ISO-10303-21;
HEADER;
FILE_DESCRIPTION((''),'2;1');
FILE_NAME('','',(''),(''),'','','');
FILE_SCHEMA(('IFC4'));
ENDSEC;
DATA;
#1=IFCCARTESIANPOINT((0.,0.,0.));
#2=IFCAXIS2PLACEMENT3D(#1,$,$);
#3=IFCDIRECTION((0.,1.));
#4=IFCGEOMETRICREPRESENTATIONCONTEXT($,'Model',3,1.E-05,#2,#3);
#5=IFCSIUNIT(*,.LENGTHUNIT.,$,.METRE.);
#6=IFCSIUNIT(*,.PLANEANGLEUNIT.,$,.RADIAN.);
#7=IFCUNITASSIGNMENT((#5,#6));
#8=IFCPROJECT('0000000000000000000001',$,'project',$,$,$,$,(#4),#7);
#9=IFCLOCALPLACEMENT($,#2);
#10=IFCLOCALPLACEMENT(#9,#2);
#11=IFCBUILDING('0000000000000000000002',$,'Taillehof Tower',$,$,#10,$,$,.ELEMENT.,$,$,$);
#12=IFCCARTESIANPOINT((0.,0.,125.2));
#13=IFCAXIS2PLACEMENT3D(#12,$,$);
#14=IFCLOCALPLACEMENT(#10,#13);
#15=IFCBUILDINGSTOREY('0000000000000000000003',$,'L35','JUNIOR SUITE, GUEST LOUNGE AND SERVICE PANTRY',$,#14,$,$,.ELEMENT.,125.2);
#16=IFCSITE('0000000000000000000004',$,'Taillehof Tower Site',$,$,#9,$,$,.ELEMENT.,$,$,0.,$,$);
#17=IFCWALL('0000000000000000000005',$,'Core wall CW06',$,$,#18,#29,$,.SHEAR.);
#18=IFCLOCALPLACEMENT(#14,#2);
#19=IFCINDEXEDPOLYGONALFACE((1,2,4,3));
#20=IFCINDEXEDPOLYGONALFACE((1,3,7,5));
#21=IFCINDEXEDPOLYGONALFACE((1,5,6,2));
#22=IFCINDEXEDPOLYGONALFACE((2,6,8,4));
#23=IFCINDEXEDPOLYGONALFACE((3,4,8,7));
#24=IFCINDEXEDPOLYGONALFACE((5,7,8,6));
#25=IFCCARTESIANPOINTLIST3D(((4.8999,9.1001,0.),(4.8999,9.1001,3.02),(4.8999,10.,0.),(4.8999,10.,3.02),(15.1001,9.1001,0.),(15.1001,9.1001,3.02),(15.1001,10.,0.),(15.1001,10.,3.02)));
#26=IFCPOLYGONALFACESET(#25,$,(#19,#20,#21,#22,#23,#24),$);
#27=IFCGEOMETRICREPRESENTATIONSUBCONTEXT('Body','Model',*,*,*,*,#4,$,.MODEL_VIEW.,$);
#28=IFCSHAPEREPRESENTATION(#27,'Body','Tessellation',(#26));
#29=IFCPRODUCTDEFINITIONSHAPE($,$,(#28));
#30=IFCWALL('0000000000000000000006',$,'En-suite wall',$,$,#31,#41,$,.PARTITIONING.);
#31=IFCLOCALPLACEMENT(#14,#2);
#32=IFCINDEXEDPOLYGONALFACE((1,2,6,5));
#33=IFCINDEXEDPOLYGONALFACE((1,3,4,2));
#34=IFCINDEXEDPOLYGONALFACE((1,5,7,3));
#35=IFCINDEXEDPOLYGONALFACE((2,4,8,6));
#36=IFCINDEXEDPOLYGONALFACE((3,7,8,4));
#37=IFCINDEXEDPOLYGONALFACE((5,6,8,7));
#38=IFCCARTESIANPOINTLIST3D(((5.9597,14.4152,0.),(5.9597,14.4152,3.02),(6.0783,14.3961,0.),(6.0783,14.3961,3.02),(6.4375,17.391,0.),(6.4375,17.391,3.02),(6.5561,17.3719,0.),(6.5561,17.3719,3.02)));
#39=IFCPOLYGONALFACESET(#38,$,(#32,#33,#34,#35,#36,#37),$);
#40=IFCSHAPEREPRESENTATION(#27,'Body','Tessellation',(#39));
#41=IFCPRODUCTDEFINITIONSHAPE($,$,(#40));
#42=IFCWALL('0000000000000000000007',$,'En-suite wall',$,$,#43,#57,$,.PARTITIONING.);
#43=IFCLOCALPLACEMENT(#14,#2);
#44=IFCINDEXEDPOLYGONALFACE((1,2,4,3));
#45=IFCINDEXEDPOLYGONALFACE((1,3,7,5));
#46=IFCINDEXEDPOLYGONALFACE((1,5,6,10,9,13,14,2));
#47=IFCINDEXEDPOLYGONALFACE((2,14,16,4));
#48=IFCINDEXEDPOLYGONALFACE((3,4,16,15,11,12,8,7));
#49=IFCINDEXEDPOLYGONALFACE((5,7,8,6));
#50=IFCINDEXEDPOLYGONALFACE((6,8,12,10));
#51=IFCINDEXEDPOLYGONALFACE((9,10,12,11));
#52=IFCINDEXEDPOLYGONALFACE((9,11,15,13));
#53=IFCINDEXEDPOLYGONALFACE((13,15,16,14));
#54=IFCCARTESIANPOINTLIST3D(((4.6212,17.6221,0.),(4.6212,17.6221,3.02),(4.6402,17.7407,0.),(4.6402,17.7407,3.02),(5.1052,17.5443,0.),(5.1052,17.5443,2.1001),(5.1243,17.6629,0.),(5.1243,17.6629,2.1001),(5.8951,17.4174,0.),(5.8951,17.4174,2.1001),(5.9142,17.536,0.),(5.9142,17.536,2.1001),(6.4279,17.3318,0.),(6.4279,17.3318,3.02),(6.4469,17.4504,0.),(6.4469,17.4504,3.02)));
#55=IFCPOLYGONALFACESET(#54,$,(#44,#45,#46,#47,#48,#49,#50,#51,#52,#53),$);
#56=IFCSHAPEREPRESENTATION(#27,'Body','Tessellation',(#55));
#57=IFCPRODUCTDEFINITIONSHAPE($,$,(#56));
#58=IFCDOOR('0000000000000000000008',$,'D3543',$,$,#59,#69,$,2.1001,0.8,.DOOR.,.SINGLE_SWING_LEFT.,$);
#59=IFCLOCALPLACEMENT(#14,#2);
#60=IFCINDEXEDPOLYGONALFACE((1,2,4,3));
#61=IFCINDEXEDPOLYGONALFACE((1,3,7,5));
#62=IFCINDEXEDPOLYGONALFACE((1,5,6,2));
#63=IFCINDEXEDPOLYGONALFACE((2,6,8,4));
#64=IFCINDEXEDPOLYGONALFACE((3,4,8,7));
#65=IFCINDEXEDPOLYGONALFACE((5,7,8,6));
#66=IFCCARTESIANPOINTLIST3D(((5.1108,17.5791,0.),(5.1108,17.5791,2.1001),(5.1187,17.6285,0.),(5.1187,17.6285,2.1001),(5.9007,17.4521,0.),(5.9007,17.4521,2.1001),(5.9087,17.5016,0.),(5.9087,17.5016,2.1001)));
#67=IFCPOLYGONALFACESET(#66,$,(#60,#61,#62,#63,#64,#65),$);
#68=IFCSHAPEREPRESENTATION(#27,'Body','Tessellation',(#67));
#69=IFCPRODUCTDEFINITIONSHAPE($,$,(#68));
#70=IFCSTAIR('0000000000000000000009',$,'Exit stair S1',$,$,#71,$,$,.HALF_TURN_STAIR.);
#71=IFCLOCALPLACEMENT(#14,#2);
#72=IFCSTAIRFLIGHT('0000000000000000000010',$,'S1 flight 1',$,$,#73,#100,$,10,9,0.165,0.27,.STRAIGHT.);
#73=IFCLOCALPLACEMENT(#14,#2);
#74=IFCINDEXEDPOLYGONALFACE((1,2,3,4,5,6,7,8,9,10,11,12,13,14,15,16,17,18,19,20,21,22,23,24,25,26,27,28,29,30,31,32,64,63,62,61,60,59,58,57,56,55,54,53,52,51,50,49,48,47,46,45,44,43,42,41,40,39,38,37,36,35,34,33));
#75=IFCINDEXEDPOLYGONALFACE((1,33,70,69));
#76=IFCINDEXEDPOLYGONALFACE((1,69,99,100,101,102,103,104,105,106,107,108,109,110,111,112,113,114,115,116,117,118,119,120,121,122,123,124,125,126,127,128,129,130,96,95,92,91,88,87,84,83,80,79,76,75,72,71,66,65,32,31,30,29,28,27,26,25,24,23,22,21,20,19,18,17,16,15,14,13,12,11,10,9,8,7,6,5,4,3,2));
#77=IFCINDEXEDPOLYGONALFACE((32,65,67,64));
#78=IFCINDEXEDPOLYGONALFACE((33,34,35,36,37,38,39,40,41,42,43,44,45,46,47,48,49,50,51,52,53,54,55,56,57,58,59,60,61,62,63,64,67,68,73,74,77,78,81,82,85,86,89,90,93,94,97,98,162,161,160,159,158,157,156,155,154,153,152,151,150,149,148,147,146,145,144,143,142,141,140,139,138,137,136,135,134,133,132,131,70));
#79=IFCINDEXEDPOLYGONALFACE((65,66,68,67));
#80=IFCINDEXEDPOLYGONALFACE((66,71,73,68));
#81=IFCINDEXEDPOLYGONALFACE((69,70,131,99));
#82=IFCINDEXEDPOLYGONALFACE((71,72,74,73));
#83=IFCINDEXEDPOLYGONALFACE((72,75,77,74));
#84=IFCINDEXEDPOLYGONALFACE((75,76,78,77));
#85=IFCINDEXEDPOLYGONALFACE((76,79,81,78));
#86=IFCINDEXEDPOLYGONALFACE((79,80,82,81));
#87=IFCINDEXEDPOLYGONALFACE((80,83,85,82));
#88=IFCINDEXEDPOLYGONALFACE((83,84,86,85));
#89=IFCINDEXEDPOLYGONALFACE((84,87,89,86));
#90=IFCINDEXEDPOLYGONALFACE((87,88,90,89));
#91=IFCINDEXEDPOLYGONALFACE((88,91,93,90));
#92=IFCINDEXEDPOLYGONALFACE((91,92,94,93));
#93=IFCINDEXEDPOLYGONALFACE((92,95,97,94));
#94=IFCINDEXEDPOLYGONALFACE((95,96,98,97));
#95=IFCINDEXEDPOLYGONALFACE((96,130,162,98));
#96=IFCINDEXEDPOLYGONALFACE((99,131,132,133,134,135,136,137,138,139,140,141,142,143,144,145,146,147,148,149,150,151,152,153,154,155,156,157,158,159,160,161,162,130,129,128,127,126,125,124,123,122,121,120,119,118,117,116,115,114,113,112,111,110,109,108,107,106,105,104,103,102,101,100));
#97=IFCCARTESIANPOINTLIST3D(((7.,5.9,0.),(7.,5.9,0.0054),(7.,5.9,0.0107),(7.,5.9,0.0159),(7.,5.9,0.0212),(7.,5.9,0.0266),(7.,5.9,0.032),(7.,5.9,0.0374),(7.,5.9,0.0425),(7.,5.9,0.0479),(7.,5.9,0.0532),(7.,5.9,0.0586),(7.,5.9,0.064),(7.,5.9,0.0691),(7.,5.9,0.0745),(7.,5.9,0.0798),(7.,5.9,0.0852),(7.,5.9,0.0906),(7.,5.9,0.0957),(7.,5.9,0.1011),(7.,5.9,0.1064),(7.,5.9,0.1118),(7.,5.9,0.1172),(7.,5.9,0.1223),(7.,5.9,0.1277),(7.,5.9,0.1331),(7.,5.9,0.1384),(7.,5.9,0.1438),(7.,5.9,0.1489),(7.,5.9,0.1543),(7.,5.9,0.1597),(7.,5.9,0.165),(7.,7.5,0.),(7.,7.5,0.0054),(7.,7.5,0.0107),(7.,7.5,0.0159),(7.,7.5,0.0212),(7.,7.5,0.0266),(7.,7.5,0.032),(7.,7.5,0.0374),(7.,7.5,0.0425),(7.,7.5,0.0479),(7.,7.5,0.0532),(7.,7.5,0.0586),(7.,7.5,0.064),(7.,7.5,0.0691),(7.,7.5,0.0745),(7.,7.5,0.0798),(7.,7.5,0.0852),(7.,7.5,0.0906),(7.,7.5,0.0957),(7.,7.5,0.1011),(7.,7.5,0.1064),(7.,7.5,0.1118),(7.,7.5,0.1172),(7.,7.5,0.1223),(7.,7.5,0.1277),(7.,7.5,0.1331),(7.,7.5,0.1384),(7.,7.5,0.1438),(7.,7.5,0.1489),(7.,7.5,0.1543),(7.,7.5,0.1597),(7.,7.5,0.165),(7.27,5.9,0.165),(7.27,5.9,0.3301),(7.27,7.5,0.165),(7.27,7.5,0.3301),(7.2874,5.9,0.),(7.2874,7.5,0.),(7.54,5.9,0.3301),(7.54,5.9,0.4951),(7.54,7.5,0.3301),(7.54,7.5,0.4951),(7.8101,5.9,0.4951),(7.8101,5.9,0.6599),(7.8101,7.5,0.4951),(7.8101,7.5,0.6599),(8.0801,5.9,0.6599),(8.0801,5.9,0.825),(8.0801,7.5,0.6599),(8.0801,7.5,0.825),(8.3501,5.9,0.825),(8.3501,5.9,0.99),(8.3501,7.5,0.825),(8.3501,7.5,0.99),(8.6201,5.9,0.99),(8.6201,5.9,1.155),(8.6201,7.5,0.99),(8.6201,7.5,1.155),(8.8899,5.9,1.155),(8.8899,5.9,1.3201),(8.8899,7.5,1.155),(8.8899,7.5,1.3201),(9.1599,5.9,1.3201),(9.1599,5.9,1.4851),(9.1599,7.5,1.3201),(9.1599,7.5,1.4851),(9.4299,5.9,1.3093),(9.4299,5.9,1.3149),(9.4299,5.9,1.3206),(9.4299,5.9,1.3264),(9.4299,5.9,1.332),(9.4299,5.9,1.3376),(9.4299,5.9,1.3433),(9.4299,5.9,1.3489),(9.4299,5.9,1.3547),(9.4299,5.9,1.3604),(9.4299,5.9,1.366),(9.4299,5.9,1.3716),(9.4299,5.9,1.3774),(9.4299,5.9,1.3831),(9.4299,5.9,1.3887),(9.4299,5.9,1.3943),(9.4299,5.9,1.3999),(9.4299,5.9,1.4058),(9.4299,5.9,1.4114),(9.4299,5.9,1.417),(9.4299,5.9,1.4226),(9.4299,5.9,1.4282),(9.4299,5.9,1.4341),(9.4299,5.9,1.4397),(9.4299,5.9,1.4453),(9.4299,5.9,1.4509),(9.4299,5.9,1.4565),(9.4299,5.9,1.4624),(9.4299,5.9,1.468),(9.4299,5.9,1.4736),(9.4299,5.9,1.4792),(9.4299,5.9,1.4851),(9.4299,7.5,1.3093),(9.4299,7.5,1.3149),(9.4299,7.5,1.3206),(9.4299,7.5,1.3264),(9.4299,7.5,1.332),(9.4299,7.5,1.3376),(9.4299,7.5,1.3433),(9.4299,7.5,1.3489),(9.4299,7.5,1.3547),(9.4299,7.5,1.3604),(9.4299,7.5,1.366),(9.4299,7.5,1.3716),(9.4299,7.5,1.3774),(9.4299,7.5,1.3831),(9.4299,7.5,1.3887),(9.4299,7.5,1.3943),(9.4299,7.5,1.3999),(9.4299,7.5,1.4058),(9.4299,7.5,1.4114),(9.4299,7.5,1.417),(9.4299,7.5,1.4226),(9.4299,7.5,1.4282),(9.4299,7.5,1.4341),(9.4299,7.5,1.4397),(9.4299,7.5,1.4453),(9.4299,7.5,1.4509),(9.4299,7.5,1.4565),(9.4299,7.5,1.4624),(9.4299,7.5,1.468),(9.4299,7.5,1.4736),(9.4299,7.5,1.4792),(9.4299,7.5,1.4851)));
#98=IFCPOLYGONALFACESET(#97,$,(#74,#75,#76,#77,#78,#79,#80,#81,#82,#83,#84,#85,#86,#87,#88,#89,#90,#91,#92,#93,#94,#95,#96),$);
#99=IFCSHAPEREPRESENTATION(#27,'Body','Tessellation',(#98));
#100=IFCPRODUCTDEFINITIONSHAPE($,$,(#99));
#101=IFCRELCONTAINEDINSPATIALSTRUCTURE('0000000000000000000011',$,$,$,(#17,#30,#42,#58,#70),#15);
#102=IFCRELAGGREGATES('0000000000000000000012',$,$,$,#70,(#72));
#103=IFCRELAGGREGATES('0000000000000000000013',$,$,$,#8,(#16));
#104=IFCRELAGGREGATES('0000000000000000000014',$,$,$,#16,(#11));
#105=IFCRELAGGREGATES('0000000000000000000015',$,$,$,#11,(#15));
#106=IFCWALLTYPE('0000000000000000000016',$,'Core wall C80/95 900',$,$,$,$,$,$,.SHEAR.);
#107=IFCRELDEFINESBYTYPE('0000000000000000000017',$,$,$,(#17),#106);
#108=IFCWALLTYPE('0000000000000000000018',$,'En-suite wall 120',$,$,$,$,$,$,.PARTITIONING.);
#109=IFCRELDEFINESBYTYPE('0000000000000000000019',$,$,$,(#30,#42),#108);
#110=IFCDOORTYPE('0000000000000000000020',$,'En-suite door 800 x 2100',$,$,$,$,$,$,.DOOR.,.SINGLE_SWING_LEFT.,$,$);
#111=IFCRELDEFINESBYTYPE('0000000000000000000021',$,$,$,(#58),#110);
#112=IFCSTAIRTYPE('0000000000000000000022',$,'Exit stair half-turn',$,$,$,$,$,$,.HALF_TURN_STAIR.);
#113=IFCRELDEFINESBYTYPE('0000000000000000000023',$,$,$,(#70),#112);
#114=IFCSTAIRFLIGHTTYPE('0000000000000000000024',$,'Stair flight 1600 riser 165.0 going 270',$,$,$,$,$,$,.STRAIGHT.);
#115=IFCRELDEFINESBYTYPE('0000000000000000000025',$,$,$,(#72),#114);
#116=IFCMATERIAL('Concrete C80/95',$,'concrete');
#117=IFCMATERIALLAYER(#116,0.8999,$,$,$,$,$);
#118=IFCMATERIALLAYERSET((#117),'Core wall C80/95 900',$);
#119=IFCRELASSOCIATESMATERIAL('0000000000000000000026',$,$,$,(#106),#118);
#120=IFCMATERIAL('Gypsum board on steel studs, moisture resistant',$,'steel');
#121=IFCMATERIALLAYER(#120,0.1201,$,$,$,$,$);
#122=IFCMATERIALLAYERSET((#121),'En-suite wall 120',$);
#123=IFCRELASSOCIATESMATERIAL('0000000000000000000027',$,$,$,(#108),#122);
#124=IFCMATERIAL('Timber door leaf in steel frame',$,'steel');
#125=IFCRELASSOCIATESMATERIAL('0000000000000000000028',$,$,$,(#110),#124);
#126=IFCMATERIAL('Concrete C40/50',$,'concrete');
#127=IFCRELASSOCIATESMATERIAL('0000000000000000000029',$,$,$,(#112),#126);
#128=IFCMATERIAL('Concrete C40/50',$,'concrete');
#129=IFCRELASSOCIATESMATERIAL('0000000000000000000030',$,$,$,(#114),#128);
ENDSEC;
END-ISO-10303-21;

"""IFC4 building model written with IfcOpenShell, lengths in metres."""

from ifc_helpers import new_model, si_unit, direction, frame, frame_2d, origin, place, context, subcontext, project, spatial, polyline, rectangle, outline, extrude, material, layer, layer_set, type_object, element, fill, aggregate, save


model = new_model("IFC4")

# Units and contexts
model_context = context("Model", 3, precision=1e-05, world=origin(), true_north=direction((0.0, 1.0)))
body_context = subcontext(model_context, "Body", "Model", "MODEL_VIEW")
ifc_project = project(units=[si_unit("LENGTHUNIT", "METRE"), si_unit("PLANEANGLEUNIT", "RADIAN")], contexts=[model_context])

# Site, building, storey
site_placement = place(None, origin())
site = spatial("IfcSite", under=ifc_project, at=site_placement, Name="Taillehof Tower Site", CompositionType="ELEMENT", RefElevation=0.0)
building_placement = place(site_placement, origin())
building = spatial("IfcBuilding", under=site, at=building_placement, Name="Taillehof Tower", CompositionType="ELEMENT")
storey_placement = place(building_placement, frame((0.0, 0.0, 125.2)))
storey = spatial("IfcBuildingStorey", under=building, at=storey_placement, Name="L35", Description="JUNIOR SUITE, GUEST LOUNGE AND SERVICE PANTRY", CompositionType="ELEMENT", Elevation=125.2)

# Walls
ifc_material_1 = material(Name="Concrete C80/95", Category="concrete")
ifc_layer_1 = layer(ifc_material_1, 0.8999)
ifc_layer_set_1 = layer_set([ifc_layer_1], Name="Core wall C80/95 900")
wall_type_1 = type_object("IfcWallType", Name="Core wall C80/95 900", PredefinedType="SHEAR", material=ifc_layer_set_1)
wall_1_placement = place(storey_placement, frame((4.8999, 9.55, 0.0), z_axis=(0.0, 0.0, 1.0), x_axis=(1.0, 0.0, 0.0)))
element("IfcWall", 1, at=wall_1_placement, inside=storey, type_object=wall_type_1, Name="Core wall CW06", PredefinedType="SHEAR", context=body_context, shape_type="SweptSolid", body=[
    extrude(rectangle(XDim=10.2002, YDim=0.8999, at=frame_2d((5.1001, 0.0))), origin(), (0.0, 0.0, 1.0), 3.02),
])
ifc_material_2 = material(Name="Gypsum board on steel studs, moisture resistant", Category="steel")
ifc_layer_2 = layer(ifc_material_2, 0.1201)
ifc_layer_set_2 = layer_set([ifc_layer_2], Name="En-suite wall 120")
wall_type_2 = type_object("IfcWallType", Name="En-suite wall 120", PredefinedType="PARTITIONING", material=ifc_layer_set_2)
wall_2_placement = place(storey_placement, frame((6.019, 14.4058, 0.0), z_axis=(0.0, 0.0, 1.0), x_axis=(0.158524, 0.987355, 0.0)))
element("IfcWall", 2, at=wall_2_placement, inside=storey, type_object=wall_type_2, Name="En-suite wall", PredefinedType="PARTITIONING", context=body_context, shape_type="SweptSolid", body=[
    extrude(rectangle(XDim=3.0139, YDim=0.1201, at=frame_2d((1.5068, 0.0))), origin(), (0.0, 0.0, 1.0), 3.02),
])

# Wall, opening, door
wall_3_placement = place(storey_placement, frame((6.4375, 17.3911, 0.0), z_axis=(0.0, 0.0, 1.0), x_axis=(-0.987336, 0.158641, 0.0)))
wall_3 = element("IfcWall", 3, at=wall_3_placement, inside=storey, type_object=wall_type_2, Name="En-suite wall", PredefinedType="PARTITIONING", context=body_context, shape_type="SweptSolid", body=[
    extrude(rectangle(XDim=1.8298, YDim=0.1201, at=frame_2d((0.915, 0.0))), origin(), (0.0, 0.0, 1.0), 3.02),
])
opening_1_placement = place(wall_3_placement, frame((0.5398, 0.0, 0.0)))
opening_1 = element("IfcOpeningElement", 4, at=opening_1_placement, cuts=wall_3, PredefinedType="OPENING", context=body_context, shape_type="SweptSolid", body=[
    extrude(rectangle(XDim=0.8, YDim=2.1001, at=frame_2d((0.3999, 1.05))), frame((0.0, 0.0701, 0.0), z_axis=(0.0, -1.0, 0.0), x_axis=(1.0, 0.0, 0.0)), (0.0, 0.0, 1.0), 0.1401),
])
ifc_material_3 = material(Name="Timber door leaf in steel frame", Category="steel")
door_type_1 = type_object("IfcDoorType", Name="En-suite door 800 x 2100", OperationType="SINGLE_SWING_LEFT", PredefinedType="DOOR", material=ifc_material_3)
door_1_placement = place(opening_1_placement, origin())
door_1 = element("IfcDoor", 5, at=door_1_placement, inside=storey, type_object=door_type_1, Name="D3543", OperationType="SINGLE_SWING_LEFT", OverallHeight=2.1001, OverallWidth=0.8, PredefinedType="DOOR", context=body_context, shape_type="SweptSolid", body=[
    extrude(rectangle(XDim=0.8, YDim=2.1001, at=frame_2d((0.3999, 1.05))), frame((0.0, 0.0249, 0.0), z_axis=(0.0, -1.0, 0.0), x_axis=(1.0, 0.0, 0.0)), (0.0, 0.0, 1.0), 0.05),
])
fill(opening_1, door_1)

# Stair, stair flight
ifc_material_4 = material(Name="Concrete C40/50", Category="concrete")
stair_type = type_object("IfcStairType", Name="Exit stair half-turn", PredefinedType="HALF_TURN_STAIR", material=ifc_material_4)
stair_placement = place(storey_placement, origin())
stair = element("IfcStair", 6, at=stair_placement, inside=storey, type_object=stair_type, Name="Exit stair S1", PredefinedType="HALF_TURN_STAIR")
ifc_material_5 = material(Name="Concrete C40/50", Category="concrete")
stair_flight_type = type_object("IfcStairFlightType", Name="Stair flight 1600 riser 165.0 going 270", PredefinedType="STRAIGHT", material=ifc_material_5)
stair_flight_placement = place(storey_placement, frame((7.0, 6.7, 0.0), z_axis=(0.0, 0.0, 1.0), x_axis=(1.0, 0.0, 0.0)))
stair_flight = element("IfcStairFlight", 7, at=stair_flight_placement, type_object=stair_flight_type, Name="S1 flight 1", NumberOfRisers=10, NumberOfTreads=9, PredefinedType="STRAIGHT", RiserHeight=0.165, TreadLength=0.27, context=body_context, shape_type="SweptSolid", body=[
    extrude(outline(polyline([(0.0, 0.0), (0.0, 0.0054), (0.0, 0.0107), (0.0, 0.0159), (0.0, 0.0212), (0.0, 0.0266), (0.0, 0.032), (0.0, 0.0374), (0.0, 0.0425), (0.0, 0.0479), (0.0, 0.0532), (0.0, 0.0586), (0.0, 0.064), (0.0, 0.0691), (0.0, 0.0745), (0.0, 0.0798), (0.0, 0.0852), (0.0, 0.0906), (0.0, 0.0957), (0.0, 0.1011), (0.0, 0.1064), (0.0, 0.1118), (0.0, 0.1172), (0.0, 0.1223), (0.0, 0.1277), (0.0, 0.1331), (0.0, 0.1384), (0.0, 0.1438), (0.0, 0.1489), (0.0, 0.1543), (0.0, 0.1597), (0.0, 0.165), (0.27, 0.165), (0.27, 0.3301), (0.54, 0.3301), (0.54, 0.4951), (0.8101, 0.4951), (0.8101, 0.6599), (1.0801, 0.6599), (1.0801, 0.825), (1.3501, 0.825), (1.3501, 0.99), (1.6201, 0.99), (1.6201, 1.155), (1.8899, 1.155), (1.8899, 1.3201), (2.1599, 1.3201), (2.1599, 1.4851), (2.4299, 1.4851), (2.4299, 1.4792), (2.4299, 1.4736), (2.4299, 1.468), (2.4299, 1.4624), (2.4299, 1.4565), (2.4299, 1.4509), (2.4299, 1.4453), (2.4299, 1.4397), (2.4299, 1.4341), (2.4299, 1.4282), (2.4299, 1.4226), (2.4299, 1.417), (2.4299, 1.4114), (2.4299, 1.4058), (2.4299, 1.3999), (2.4299, 1.3943), (2.4299, 1.3887), (2.4299, 1.3831), (2.4299, 1.3774), (2.4299, 1.3716), (2.4299, 1.366), (2.4299, 1.3604), (2.4299, 1.3547), (2.4299, 1.3489), (2.4299, 1.3433), (2.4299, 1.3376), (2.4299, 1.332), (2.4299, 1.3264), (2.4299, 1.3206), (2.4299, 1.3149), (2.4299, 1.3093), (0.2874, 0.0), (0.0, 0.0)])), frame((0.0, 0.8, 0.0), z_axis=(0.0, -1.0, 0.0), x_axis=(1.0, 0.0, 0.0)), (0.0, 0.0, 1.0), 1.6),
])
aggregate(stair, [stair_flight])

save(model, "model.ifc")
